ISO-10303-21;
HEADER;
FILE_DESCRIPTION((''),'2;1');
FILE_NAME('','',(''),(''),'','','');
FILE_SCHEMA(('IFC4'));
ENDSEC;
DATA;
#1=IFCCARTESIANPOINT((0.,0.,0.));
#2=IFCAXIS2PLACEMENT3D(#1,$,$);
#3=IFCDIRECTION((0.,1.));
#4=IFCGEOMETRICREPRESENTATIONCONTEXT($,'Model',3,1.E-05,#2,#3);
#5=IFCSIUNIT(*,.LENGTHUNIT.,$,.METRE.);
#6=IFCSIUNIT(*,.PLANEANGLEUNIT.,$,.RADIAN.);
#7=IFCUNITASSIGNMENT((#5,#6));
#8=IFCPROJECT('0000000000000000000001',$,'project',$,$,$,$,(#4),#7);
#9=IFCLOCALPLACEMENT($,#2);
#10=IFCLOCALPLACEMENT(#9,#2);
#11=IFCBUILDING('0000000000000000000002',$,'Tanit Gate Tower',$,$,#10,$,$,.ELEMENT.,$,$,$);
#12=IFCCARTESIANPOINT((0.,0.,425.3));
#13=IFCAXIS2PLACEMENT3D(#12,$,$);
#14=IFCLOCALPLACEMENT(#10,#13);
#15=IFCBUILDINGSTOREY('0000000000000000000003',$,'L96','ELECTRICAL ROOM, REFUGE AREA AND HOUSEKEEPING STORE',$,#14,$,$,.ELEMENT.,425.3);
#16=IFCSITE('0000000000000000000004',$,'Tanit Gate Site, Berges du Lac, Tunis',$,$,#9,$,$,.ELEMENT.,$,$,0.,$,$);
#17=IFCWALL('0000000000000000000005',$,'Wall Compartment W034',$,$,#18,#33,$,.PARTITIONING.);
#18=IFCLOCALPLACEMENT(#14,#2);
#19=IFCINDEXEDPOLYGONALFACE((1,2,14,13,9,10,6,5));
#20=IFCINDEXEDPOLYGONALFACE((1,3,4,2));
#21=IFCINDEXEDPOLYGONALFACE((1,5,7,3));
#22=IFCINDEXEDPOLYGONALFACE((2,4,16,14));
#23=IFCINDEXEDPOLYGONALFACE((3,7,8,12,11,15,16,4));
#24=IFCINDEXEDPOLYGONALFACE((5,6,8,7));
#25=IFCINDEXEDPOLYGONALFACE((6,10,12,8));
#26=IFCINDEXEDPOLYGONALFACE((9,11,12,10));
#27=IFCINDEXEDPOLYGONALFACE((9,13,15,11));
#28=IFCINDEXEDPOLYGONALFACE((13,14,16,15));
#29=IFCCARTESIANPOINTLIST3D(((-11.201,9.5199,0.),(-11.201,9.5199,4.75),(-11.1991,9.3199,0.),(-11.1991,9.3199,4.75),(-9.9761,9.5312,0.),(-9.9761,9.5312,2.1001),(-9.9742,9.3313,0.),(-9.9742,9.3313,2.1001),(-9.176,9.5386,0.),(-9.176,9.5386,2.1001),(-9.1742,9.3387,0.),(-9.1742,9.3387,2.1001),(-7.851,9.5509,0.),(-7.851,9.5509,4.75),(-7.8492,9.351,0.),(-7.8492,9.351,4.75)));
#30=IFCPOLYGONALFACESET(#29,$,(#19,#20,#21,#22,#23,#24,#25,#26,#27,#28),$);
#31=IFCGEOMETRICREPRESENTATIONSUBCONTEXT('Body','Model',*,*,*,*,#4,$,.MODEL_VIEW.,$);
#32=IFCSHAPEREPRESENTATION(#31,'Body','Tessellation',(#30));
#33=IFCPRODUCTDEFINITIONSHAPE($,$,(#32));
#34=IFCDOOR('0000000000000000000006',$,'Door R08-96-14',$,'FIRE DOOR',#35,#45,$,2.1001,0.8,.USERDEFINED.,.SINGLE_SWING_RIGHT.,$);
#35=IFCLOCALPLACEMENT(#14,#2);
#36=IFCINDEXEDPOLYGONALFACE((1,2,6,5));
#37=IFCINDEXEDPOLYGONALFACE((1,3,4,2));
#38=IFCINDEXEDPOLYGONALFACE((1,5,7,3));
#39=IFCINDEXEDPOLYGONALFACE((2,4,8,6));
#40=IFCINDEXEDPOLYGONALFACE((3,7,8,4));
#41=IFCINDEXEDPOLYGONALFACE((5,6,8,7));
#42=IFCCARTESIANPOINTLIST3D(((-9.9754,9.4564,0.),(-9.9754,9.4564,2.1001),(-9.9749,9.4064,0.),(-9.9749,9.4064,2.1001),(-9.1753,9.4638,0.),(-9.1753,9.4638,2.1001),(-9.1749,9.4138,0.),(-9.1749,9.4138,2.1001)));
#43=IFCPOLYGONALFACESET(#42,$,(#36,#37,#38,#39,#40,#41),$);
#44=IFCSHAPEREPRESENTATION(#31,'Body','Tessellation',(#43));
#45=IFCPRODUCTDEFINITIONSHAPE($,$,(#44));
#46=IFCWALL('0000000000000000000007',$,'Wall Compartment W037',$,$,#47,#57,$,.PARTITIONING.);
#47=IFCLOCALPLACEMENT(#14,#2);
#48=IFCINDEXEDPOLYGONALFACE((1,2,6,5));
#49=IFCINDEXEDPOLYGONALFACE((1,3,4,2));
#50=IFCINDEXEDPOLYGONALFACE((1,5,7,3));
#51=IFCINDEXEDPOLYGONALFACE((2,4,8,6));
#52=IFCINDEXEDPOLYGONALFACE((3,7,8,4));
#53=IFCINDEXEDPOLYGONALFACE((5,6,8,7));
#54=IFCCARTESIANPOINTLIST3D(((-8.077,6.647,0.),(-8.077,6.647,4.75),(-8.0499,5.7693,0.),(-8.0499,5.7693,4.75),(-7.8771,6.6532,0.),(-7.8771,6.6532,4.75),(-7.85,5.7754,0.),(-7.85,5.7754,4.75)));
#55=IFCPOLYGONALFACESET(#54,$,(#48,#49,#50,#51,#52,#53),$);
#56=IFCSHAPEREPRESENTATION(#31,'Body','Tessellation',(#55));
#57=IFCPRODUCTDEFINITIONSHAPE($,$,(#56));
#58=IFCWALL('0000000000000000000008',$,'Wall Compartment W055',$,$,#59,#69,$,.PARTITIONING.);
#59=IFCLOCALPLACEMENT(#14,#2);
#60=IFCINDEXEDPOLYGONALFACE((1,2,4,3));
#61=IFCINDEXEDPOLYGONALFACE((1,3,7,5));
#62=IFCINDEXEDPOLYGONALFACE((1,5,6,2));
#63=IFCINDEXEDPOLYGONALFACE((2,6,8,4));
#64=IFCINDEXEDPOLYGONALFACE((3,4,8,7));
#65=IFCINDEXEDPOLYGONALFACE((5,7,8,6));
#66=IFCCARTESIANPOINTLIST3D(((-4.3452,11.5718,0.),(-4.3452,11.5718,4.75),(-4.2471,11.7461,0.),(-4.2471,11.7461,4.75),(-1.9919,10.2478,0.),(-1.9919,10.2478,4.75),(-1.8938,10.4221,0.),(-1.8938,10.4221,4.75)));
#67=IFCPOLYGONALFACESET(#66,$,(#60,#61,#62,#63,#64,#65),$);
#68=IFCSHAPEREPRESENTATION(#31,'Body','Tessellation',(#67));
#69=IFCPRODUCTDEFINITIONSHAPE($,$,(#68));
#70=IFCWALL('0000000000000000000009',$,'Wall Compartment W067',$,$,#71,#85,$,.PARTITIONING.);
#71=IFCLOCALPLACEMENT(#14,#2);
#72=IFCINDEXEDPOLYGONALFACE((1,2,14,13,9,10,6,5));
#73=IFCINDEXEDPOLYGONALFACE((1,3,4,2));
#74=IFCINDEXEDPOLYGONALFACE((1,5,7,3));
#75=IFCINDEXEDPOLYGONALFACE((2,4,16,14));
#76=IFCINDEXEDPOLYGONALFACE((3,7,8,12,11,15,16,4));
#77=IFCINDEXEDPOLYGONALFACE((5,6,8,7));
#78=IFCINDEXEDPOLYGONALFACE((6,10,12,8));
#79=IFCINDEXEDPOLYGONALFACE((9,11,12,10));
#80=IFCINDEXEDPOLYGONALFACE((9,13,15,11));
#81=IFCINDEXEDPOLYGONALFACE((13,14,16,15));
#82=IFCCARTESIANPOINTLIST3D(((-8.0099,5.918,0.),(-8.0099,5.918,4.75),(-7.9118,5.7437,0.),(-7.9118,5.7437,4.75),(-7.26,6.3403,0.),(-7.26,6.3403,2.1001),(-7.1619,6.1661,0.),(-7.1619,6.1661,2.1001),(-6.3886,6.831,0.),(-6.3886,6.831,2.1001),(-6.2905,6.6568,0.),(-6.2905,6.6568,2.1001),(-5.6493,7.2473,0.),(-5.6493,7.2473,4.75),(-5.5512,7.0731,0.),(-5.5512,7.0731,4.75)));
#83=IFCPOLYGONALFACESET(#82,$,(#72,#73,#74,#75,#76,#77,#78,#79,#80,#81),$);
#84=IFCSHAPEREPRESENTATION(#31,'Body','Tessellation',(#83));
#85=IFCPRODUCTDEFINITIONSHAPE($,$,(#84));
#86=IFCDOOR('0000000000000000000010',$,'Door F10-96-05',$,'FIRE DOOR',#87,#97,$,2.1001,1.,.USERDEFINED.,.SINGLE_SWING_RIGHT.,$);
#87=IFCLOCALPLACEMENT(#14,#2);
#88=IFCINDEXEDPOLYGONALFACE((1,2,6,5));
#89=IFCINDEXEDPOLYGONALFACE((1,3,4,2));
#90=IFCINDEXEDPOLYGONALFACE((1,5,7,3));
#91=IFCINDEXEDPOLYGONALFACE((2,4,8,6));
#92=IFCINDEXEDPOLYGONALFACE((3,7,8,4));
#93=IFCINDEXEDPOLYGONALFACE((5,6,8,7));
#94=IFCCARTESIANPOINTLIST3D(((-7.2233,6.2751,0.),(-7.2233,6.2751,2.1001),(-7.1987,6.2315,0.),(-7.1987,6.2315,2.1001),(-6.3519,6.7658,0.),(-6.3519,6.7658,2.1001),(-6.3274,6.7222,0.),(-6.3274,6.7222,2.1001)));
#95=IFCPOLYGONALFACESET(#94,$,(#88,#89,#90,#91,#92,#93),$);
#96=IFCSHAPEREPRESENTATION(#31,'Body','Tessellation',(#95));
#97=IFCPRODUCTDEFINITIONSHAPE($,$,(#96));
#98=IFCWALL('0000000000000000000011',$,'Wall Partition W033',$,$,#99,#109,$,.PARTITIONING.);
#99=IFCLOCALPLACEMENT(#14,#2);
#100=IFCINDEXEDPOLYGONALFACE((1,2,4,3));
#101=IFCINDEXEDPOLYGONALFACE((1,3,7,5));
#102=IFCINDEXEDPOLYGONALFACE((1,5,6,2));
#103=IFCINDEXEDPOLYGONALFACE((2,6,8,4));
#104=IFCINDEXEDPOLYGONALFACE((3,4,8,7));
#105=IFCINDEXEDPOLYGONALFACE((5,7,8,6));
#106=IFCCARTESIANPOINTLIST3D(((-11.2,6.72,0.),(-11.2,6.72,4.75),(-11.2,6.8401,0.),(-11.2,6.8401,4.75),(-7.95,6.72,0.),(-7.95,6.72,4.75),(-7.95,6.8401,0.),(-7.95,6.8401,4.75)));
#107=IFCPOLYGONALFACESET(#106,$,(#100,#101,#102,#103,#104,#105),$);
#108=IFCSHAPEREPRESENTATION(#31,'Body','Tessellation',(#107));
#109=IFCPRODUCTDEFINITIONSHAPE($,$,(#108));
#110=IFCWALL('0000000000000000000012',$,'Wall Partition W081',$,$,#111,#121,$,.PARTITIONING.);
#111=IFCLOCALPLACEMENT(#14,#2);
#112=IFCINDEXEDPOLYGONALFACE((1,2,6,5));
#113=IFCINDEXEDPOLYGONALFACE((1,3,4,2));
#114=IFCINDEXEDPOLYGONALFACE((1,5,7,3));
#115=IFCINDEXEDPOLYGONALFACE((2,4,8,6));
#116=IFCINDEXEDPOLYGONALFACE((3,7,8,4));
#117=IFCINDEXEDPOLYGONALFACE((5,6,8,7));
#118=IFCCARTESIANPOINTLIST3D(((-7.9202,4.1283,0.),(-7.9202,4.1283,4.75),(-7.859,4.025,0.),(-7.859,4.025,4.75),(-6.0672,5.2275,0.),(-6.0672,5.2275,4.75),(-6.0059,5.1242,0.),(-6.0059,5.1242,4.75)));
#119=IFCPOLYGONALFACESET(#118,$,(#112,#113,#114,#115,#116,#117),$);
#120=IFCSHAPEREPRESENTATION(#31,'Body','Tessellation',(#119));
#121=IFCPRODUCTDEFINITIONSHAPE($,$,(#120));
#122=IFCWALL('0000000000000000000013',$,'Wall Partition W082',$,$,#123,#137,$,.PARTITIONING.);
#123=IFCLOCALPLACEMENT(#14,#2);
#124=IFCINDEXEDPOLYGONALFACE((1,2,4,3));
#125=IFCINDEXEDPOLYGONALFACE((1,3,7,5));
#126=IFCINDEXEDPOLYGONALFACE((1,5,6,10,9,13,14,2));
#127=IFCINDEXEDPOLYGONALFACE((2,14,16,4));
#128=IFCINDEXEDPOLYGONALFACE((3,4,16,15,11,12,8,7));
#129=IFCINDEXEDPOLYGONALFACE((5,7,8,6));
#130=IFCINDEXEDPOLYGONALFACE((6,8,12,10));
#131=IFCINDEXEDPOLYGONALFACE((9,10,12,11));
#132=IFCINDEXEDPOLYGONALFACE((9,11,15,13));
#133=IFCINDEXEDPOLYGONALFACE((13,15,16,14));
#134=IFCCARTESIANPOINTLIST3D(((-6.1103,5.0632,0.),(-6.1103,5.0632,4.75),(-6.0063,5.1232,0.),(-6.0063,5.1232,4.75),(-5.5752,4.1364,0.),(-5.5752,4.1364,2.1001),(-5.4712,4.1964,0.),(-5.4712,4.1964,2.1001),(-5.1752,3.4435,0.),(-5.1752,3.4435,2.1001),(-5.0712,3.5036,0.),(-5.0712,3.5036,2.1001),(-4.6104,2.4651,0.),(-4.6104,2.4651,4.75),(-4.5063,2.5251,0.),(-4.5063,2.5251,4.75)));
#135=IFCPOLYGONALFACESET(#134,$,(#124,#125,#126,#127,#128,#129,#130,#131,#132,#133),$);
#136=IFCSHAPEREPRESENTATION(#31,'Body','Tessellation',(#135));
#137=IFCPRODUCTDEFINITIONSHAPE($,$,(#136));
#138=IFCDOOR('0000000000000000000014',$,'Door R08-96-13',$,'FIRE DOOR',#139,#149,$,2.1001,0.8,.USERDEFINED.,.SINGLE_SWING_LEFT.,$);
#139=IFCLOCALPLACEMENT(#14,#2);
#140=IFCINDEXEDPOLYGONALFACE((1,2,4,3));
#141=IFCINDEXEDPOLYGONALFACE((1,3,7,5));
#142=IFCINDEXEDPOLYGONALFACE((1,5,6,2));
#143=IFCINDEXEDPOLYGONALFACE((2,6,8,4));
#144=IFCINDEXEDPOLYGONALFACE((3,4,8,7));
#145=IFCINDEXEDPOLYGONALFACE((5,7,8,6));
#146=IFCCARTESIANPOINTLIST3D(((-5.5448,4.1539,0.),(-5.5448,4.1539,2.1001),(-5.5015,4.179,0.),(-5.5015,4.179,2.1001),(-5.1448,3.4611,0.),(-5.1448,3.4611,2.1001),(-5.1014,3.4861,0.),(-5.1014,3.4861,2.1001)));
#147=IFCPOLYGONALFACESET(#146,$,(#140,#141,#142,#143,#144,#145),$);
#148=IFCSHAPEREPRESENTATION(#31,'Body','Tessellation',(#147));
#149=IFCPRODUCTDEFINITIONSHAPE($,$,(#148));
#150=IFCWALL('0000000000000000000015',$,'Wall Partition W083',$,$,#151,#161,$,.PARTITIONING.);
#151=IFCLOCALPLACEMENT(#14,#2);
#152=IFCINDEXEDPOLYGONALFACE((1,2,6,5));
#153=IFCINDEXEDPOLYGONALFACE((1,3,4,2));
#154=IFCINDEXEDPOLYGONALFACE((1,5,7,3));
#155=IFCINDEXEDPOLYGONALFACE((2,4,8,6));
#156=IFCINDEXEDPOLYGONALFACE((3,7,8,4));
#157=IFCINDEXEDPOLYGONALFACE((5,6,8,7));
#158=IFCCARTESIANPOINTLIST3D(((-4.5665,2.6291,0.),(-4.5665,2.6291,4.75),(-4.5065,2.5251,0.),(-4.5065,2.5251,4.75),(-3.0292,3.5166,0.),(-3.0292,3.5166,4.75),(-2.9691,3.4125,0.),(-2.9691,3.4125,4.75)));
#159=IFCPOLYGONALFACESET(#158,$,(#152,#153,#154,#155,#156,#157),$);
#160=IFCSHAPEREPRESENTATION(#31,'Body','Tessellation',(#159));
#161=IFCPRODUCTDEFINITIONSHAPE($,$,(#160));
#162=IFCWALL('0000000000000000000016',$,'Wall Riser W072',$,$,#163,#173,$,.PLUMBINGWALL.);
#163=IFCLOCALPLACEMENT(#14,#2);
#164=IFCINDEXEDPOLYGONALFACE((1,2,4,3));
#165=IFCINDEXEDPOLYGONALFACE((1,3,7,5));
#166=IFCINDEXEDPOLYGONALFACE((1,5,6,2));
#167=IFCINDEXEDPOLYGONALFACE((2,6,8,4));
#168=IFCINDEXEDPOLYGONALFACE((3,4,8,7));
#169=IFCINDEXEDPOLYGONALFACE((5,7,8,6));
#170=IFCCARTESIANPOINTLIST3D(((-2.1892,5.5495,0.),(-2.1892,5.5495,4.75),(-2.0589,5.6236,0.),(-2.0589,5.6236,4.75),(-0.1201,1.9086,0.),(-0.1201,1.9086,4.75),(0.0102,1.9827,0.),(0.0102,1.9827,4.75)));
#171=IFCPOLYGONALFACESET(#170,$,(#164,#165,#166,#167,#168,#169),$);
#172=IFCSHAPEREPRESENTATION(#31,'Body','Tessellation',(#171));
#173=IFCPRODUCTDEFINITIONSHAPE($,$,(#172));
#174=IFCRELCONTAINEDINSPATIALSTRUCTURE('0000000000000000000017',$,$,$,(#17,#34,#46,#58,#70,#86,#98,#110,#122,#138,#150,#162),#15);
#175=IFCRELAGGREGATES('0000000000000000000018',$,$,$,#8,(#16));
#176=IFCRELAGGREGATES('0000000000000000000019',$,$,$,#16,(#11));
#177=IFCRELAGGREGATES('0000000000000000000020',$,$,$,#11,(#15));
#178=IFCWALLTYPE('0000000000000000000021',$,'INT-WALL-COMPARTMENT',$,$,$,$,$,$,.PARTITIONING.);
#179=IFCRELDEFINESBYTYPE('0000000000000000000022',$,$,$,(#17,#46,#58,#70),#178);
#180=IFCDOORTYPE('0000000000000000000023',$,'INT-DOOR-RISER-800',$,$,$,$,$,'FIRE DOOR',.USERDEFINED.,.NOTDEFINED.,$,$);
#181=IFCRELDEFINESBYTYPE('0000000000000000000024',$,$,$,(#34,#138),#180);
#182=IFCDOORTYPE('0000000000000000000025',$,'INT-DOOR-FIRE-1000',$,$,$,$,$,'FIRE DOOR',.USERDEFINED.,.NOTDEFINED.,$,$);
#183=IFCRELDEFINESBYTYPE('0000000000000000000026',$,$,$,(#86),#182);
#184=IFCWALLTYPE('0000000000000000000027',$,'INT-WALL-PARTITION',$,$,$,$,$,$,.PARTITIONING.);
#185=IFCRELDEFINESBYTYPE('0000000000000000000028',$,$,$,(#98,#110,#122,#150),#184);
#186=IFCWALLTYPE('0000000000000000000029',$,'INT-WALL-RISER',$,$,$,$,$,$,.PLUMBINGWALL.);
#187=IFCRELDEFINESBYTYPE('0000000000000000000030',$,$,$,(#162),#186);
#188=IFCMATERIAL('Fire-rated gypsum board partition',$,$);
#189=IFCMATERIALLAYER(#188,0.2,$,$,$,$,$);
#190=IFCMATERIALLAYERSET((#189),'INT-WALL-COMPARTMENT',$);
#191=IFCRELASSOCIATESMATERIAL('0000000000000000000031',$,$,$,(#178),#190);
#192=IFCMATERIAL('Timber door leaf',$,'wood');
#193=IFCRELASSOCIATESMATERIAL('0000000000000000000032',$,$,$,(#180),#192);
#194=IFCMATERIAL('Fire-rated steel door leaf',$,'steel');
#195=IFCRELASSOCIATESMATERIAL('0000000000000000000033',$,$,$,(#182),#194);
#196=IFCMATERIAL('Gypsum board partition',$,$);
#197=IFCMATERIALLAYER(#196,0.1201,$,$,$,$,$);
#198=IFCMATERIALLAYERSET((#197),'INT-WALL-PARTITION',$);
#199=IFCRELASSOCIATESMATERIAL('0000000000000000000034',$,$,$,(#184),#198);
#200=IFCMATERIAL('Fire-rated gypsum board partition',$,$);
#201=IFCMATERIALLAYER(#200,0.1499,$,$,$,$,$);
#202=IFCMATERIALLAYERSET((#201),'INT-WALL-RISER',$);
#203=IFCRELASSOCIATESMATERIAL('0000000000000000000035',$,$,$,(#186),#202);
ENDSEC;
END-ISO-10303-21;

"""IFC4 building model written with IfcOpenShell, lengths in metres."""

from ifc_helpers import new_model, si_unit, direction, frame, frame_2d, origin, place, context, subcontext, project, spatial, rectangle, extrude, material, layer, layer_set, type_object, element, fill, save


model = new_model("IFC4")

# Units and contexts
model_context = context("Model", 3, precision=1e-05, world=origin(), true_north=direction((0.0, 1.0)))
body_context = subcontext(model_context, "Body", "Model", "MODEL_VIEW")
ifc_project = project(units=[si_unit("LENGTHUNIT", "METRE"), si_unit("PLANEANGLEUNIT", "RADIAN")], contexts=[model_context])

# Site, building, storey
site_placement = place(None, origin())
site = spatial("IfcSite", under=ifc_project, at=site_placement, Name="Tanit Gate Site, Berges du Lac, Tunis", CompositionType="ELEMENT", RefElevation=0.0)
building_placement = place(site_placement, origin())
building = spatial("IfcBuilding", under=site, at=building_placement, Name="Tanit Gate Tower", CompositionType="ELEMENT")
storey_placement = place(building_placement, frame((0.0, 0.0, 425.3)))
storey = spatial("IfcBuildingStorey", under=building, at=storey_placement, Name="L96", Description="ELECTRICAL ROOM, REFUGE AREA AND HOUSEKEEPING STORE", CompositionType="ELEMENT", Elevation=425.3)

# Wall, opening, door
ifc_material_1 = material(Name="Fire-rated gypsum board partition")
ifc_layer_1 = layer(ifc_material_1, 0.2)
ifc_layer_set_1 = layer_set([ifc_layer_1], Name="INT-WALL-COMPARTMENT")
wall_type_1 = type_object("IfcWallType", Name="INT-WALL-COMPARTMENT", PredefinedType="PARTITIONING", material=ifc_layer_set_1)
wall_1_placement = place(storey_placement, frame((-7.8501, 9.4509, 0.0), z_axis=(0.0, 0.0, 1.0), x_axis=(-0.999957, -0.009255, 0.0)))
wall_1 = element("IfcWall", 1, at=wall_1_placement, inside=storey, type_object=wall_type_1, Name="Wall Compartment W034", PredefinedType="PARTITIONING", context=body_context, shape_type="SweptSolid", body=[
    extrude(rectangle(XDim=3.3501, YDim=0.2, at=frame_2d((1.675, 0.0))), origin(), (0.0, 0.0, 1.0), 4.75),
])
opening_1_placement = place(wall_1_placement, frame((1.3252, 0.0, 0.0)))
opening_1 = element("IfcOpeningElement", 2, at=opening_1_placement, cuts=wall_1, PredefinedType="OPENING", context=body_context, shape_type="SweptSolid", body=[
    extrude(rectangle(XDim=0.8, YDim=2.1001, at=frame_2d((0.3999, 1.05))), frame((0.0, 0.1099, 0.0), z_axis=(0.0, -1.0, 0.0), x_axis=(1.0, 0.0, 0.0)), (0.0, 0.0, 1.0), 0.22),
])
ifc_material_2 = material(Name="Timber door leaf", Category="wood")
door_type_1 = type_object("IfcDoorType", Name="INT-DOOR-RISER-800", ElementType="FIRE DOOR", OperationType="NOTDEFINED", PredefinedType="USERDEFINED", material=ifc_material_2)
door_1_placement = place(opening_1_placement, origin())
door_1 = element("IfcDoor", 3, at=door_1_placement, inside=storey, type_object=door_type_1, Name="Door R08-96-14", ObjectType="FIRE DOOR", OperationType="SINGLE_SWING_RIGHT", OverallHeight=2.1001, OverallWidth=0.8, PredefinedType="USERDEFINED", context=body_context, shape_type="SweptSolid", body=[
    extrude(rectangle(XDim=0.8, YDim=2.1001, at=frame_2d((0.3999, 1.05))), frame((0.0, 0.0249, 0.0), z_axis=(0.0, -1.0, 0.0), x_axis=(1.0, 0.0, 0.0)), (0.0, 0.0, 1.0), 0.05),
])
fill(opening_1, door_1)

# Walls
wall_2_placement = place(storey_placement, frame((-7.95, 5.7725, 0.0), z_axis=(0.0, 0.0, 1.0), x_axis=(-0.030862, 0.999524, 0.0)))
element("IfcWall", 4, at=wall_2_placement, inside=storey, type_object=wall_type_1, Name="Wall Compartment W037", PredefinedType="PARTITIONING", context=body_context, shape_type="SweptSolid", body=[
    extrude(rectangle(XDim=0.8782, YDim=0.2, at=frame_2d((0.439, 0.0))), origin(), (0.0, 0.0, 1.0), 4.75),
])
wall_3_placement = place(storey_placement, frame((-4.2961, 11.6589, 0.0), z_axis=(0.0, 0.0, 1.0), x_axis=(0.871534, -0.490334, 0.0)))
element("IfcWall", 5, at=wall_3_placement, inside=storey, type_object=wall_type_1, Name="Wall Compartment W055", PredefinedType="PARTITIONING", context=body_context, shape_type="SweptSolid", body=[
    extrude(rectangle(XDim=2.7002, YDim=0.2, at=frame_2d((1.3501, 0.0))), origin(), (0.0, 0.0, 1.0), 4.75),
])

# Wall, opening, door
wall_4_placement = place(storey_placement, frame((-5.6003, 7.1602, 0.0), z_axis=(0.0, 0.0, 1.0), x_axis=(-0.871337, -0.490685, 0.0)))
wall_4 = element("IfcWall", 6, at=wall_4_placement, inside=storey, type_object=wall_type_1, Name="Wall Compartment W067", PredefinedType="PARTITIONING", context=body_context, shape_type="SweptSolid", body=[
    extrude(rectangle(XDim=2.7092, YDim=0.2, at=frame_2d((1.3545, 0.0))), origin(), (0.0, 0.0, 1.0), 4.75),
])
opening_2_placement = place(wall_4_placement, frame((0.8484, 0.0, 0.0)))
opening_2 = element("IfcOpeningElement", 7, at=opening_2_placement, cuts=wall_4, PredefinedType="OPENING", context=body_context, shape_type="SweptSolid", body=[
    extrude(rectangle(XDim=1.0, YDim=2.1001, at=frame_2d((0.5, 1.05))), frame((0.0, 0.1099, 0.0), z_axis=(0.0, -1.0, 0.0), x_axis=(1.0, 0.0, 0.0)), (0.0, 0.0, 1.0), 0.22),
])
ifc_material_3 = material(Name="Fire-rated steel door leaf", Category="steel")
door_type_2 = type_object("IfcDoorType", Name="INT-DOOR-FIRE-1000", ElementType="FIRE DOOR", OperationType="NOTDEFINED", PredefinedType="USERDEFINED", material=ifc_material_3)
door_2_placement = place(opening_2_placement, origin())
door_2 = element("IfcDoor", 8, at=door_2_placement, inside=storey, type_object=door_type_2, Name="Door F10-96-05", ObjectType="FIRE DOOR", OperationType="SINGLE_SWING_RIGHT", OverallHeight=2.1001, OverallWidth=1.0, PredefinedType="USERDEFINED", context=body_context, shape_type="SweptSolid", body=[
    extrude(rectangle(XDim=1.0, YDim=2.1001, at=frame_2d((0.5, 1.05))), frame((0.0, 0.0249, 0.0), z_axis=(0.0, -1.0, 0.0), x_axis=(1.0, 0.0, 0.0)), (0.0, 0.0, 1.0), 0.05),
])
fill(opening_2, door_2)

# Walls
ifc_material_4 = material(Name="Gypsum board partition")
ifc_layer_2 = layer(ifc_material_4, 0.1201)
ifc_layer_set_2 = layer_set([ifc_layer_2], Name="INT-WALL-PARTITION")
wall_type_2 = type_object("IfcWallType", Name="INT-WALL-PARTITION", PredefinedType="PARTITIONING", material=ifc_layer_set_2)
wall_5_placement = place(storey_placement, frame((-7.95, 6.78, 0.0), z_axis=(0.0, 0.0, 1.0), x_axis=(-1.0, 0.0, 0.0)))
element("IfcWall", 9, at=wall_5_placement, inside=storey, type_object=wall_type_2, Name="Wall Partition W033", PredefinedType="PARTITIONING", context=body_context, shape_type="SweptSolid", body=[
    extrude(rectangle(XDim=3.25, YDim=0.1201, at=frame_2d((1.625, 0.0))), origin(), (0.0, 0.0, 1.0), 4.75),
])
wall_6_placement = place(storey_placement, frame((-6.0366, 5.1758, 0.0), z_axis=(0.0, 0.0, 1.0), x_axis=(-0.860082, -0.510156, 0.0)))
element("IfcWall", 10, at=wall_6_placement, inside=storey, type_object=wall_type_2, Name="Wall Partition W081", PredefinedType="PARTITIONING", context=body_context, shape_type="SweptSolid", body=[
    extrude(rectangle(XDim=2.1545, YDim=0.1201, at=frame_2d((1.0771, 0.0))), origin(), (0.0, 0.0, 1.0), 4.75),
])

# Wall, opening, door
wall_7_placement = place(storey_placement, frame((-4.5583, 2.4951, 0.0), z_axis=(0.0, 0.0, 1.0), x_axis=(-0.49999, 0.866031, 0.0)))
wall_7 = element("IfcWall", 11, at=wall_7_placement, inside=storey, type_object=wall_type_2, Name="Wall Partition W082", PredefinedType="PARTITIONING", context=body_context, shape_type="SweptSolid", body=[
    extrude(rectangle(XDim=3.0, YDim=0.1201, at=frame_2d((1.5, 0.0))), origin(), (0.0, 0.0, 1.0), 4.75),
])
opening_3_placement = place(wall_7_placement, frame((1.1299, 0.0, 0.0)))
opening_3 = element("IfcOpeningElement", 12, at=opening_3_placement, cuts=wall_7, PredefinedType="OPENING", context=body_context, shape_type="SweptSolid", body=[
    extrude(rectangle(XDim=0.8, YDim=2.1001, at=frame_2d((0.3999, 1.05))), frame((0.0, 0.0701, 0.0), z_axis=(0.0, -1.0, 0.0), x_axis=(1.0, 0.0, 0.0)), (0.0, 0.0, 1.0), 0.1401),
])
door_3_placement = place(opening_3_placement, origin())
door_3 = element("IfcDoor", 13, at=door_3_placement, inside=storey, type_object=door_type_1, Name="Door R08-96-13", ObjectType="FIRE DOOR", OperationType="SINGLE_SWING_LEFT", OverallHeight=2.1001, OverallWidth=0.8, PredefinedType="USERDEFINED", context=body_context, shape_type="SweptSolid", body=[
    extrude(rectangle(XDim=0.8, YDim=2.1001, at=frame_2d((0.3999, 1.05))), frame((0.0, 0.0249, 0.0), z_axis=(0.0, -1.0, 0.0), x_axis=(1.0, 0.0, 0.0)), (0.0, 0.0, 1.0), 0.05),
])
fill(opening_3, door_3)

# Walls
wall_8_placement = place(storey_placement, frame((-2.999, 3.4646, 0.0), z_axis=(0.0, 0.0, 1.0), x_axis=(-0.86606, -0.499941, 0.0)))
element("IfcWall", 14, at=wall_8_placement, inside=storey, type_object=wall_type_2, Name="Wall Partition W083", PredefinedType="PARTITIONING", context=body_context, shape_type="SweptSolid", body=[
    extrude(rectangle(XDim=1.7751, YDim=0.1201, at=frame_2d((0.8877, 0.0))), origin(), (0.0, 0.0, 1.0), 4.75),
])
ifc_material_5 = material(Name="Fire-rated gypsum board partition")
ifc_layer_3 = layer(ifc_material_5, 0.1499)
ifc_layer_set_3 = layer_set([ifc_layer_3], Name="INT-WALL-RISER")
wall_type_3 = type_object("IfcWallType", Name="INT-WALL-RISER", PredefinedType="PLUMBINGWALL", material=ifc_layer_set_3)
wall_9_placement = place(storey_placement, frame((-2.124, 5.5864, 0.0), z_axis=(0.0, 0.0, 1.0), x_axis=(0.494085, -0.869414, 0.0)))
element("IfcWall", 15, at=wall_9_placement, inside=storey, type_object=wall_type_3, Name="Wall Riser W072", PredefinedType="PLUMBINGWALL", context=body_context, shape_type="SweptSolid", body=[
    extrude(rectangle(XDim=4.1877, YDim=0.1499, at=frame_2d((2.0938, 0.0))), origin(), (0.0, 0.0, 1.0), 4.75),
])

save(model, "model.ifc")
